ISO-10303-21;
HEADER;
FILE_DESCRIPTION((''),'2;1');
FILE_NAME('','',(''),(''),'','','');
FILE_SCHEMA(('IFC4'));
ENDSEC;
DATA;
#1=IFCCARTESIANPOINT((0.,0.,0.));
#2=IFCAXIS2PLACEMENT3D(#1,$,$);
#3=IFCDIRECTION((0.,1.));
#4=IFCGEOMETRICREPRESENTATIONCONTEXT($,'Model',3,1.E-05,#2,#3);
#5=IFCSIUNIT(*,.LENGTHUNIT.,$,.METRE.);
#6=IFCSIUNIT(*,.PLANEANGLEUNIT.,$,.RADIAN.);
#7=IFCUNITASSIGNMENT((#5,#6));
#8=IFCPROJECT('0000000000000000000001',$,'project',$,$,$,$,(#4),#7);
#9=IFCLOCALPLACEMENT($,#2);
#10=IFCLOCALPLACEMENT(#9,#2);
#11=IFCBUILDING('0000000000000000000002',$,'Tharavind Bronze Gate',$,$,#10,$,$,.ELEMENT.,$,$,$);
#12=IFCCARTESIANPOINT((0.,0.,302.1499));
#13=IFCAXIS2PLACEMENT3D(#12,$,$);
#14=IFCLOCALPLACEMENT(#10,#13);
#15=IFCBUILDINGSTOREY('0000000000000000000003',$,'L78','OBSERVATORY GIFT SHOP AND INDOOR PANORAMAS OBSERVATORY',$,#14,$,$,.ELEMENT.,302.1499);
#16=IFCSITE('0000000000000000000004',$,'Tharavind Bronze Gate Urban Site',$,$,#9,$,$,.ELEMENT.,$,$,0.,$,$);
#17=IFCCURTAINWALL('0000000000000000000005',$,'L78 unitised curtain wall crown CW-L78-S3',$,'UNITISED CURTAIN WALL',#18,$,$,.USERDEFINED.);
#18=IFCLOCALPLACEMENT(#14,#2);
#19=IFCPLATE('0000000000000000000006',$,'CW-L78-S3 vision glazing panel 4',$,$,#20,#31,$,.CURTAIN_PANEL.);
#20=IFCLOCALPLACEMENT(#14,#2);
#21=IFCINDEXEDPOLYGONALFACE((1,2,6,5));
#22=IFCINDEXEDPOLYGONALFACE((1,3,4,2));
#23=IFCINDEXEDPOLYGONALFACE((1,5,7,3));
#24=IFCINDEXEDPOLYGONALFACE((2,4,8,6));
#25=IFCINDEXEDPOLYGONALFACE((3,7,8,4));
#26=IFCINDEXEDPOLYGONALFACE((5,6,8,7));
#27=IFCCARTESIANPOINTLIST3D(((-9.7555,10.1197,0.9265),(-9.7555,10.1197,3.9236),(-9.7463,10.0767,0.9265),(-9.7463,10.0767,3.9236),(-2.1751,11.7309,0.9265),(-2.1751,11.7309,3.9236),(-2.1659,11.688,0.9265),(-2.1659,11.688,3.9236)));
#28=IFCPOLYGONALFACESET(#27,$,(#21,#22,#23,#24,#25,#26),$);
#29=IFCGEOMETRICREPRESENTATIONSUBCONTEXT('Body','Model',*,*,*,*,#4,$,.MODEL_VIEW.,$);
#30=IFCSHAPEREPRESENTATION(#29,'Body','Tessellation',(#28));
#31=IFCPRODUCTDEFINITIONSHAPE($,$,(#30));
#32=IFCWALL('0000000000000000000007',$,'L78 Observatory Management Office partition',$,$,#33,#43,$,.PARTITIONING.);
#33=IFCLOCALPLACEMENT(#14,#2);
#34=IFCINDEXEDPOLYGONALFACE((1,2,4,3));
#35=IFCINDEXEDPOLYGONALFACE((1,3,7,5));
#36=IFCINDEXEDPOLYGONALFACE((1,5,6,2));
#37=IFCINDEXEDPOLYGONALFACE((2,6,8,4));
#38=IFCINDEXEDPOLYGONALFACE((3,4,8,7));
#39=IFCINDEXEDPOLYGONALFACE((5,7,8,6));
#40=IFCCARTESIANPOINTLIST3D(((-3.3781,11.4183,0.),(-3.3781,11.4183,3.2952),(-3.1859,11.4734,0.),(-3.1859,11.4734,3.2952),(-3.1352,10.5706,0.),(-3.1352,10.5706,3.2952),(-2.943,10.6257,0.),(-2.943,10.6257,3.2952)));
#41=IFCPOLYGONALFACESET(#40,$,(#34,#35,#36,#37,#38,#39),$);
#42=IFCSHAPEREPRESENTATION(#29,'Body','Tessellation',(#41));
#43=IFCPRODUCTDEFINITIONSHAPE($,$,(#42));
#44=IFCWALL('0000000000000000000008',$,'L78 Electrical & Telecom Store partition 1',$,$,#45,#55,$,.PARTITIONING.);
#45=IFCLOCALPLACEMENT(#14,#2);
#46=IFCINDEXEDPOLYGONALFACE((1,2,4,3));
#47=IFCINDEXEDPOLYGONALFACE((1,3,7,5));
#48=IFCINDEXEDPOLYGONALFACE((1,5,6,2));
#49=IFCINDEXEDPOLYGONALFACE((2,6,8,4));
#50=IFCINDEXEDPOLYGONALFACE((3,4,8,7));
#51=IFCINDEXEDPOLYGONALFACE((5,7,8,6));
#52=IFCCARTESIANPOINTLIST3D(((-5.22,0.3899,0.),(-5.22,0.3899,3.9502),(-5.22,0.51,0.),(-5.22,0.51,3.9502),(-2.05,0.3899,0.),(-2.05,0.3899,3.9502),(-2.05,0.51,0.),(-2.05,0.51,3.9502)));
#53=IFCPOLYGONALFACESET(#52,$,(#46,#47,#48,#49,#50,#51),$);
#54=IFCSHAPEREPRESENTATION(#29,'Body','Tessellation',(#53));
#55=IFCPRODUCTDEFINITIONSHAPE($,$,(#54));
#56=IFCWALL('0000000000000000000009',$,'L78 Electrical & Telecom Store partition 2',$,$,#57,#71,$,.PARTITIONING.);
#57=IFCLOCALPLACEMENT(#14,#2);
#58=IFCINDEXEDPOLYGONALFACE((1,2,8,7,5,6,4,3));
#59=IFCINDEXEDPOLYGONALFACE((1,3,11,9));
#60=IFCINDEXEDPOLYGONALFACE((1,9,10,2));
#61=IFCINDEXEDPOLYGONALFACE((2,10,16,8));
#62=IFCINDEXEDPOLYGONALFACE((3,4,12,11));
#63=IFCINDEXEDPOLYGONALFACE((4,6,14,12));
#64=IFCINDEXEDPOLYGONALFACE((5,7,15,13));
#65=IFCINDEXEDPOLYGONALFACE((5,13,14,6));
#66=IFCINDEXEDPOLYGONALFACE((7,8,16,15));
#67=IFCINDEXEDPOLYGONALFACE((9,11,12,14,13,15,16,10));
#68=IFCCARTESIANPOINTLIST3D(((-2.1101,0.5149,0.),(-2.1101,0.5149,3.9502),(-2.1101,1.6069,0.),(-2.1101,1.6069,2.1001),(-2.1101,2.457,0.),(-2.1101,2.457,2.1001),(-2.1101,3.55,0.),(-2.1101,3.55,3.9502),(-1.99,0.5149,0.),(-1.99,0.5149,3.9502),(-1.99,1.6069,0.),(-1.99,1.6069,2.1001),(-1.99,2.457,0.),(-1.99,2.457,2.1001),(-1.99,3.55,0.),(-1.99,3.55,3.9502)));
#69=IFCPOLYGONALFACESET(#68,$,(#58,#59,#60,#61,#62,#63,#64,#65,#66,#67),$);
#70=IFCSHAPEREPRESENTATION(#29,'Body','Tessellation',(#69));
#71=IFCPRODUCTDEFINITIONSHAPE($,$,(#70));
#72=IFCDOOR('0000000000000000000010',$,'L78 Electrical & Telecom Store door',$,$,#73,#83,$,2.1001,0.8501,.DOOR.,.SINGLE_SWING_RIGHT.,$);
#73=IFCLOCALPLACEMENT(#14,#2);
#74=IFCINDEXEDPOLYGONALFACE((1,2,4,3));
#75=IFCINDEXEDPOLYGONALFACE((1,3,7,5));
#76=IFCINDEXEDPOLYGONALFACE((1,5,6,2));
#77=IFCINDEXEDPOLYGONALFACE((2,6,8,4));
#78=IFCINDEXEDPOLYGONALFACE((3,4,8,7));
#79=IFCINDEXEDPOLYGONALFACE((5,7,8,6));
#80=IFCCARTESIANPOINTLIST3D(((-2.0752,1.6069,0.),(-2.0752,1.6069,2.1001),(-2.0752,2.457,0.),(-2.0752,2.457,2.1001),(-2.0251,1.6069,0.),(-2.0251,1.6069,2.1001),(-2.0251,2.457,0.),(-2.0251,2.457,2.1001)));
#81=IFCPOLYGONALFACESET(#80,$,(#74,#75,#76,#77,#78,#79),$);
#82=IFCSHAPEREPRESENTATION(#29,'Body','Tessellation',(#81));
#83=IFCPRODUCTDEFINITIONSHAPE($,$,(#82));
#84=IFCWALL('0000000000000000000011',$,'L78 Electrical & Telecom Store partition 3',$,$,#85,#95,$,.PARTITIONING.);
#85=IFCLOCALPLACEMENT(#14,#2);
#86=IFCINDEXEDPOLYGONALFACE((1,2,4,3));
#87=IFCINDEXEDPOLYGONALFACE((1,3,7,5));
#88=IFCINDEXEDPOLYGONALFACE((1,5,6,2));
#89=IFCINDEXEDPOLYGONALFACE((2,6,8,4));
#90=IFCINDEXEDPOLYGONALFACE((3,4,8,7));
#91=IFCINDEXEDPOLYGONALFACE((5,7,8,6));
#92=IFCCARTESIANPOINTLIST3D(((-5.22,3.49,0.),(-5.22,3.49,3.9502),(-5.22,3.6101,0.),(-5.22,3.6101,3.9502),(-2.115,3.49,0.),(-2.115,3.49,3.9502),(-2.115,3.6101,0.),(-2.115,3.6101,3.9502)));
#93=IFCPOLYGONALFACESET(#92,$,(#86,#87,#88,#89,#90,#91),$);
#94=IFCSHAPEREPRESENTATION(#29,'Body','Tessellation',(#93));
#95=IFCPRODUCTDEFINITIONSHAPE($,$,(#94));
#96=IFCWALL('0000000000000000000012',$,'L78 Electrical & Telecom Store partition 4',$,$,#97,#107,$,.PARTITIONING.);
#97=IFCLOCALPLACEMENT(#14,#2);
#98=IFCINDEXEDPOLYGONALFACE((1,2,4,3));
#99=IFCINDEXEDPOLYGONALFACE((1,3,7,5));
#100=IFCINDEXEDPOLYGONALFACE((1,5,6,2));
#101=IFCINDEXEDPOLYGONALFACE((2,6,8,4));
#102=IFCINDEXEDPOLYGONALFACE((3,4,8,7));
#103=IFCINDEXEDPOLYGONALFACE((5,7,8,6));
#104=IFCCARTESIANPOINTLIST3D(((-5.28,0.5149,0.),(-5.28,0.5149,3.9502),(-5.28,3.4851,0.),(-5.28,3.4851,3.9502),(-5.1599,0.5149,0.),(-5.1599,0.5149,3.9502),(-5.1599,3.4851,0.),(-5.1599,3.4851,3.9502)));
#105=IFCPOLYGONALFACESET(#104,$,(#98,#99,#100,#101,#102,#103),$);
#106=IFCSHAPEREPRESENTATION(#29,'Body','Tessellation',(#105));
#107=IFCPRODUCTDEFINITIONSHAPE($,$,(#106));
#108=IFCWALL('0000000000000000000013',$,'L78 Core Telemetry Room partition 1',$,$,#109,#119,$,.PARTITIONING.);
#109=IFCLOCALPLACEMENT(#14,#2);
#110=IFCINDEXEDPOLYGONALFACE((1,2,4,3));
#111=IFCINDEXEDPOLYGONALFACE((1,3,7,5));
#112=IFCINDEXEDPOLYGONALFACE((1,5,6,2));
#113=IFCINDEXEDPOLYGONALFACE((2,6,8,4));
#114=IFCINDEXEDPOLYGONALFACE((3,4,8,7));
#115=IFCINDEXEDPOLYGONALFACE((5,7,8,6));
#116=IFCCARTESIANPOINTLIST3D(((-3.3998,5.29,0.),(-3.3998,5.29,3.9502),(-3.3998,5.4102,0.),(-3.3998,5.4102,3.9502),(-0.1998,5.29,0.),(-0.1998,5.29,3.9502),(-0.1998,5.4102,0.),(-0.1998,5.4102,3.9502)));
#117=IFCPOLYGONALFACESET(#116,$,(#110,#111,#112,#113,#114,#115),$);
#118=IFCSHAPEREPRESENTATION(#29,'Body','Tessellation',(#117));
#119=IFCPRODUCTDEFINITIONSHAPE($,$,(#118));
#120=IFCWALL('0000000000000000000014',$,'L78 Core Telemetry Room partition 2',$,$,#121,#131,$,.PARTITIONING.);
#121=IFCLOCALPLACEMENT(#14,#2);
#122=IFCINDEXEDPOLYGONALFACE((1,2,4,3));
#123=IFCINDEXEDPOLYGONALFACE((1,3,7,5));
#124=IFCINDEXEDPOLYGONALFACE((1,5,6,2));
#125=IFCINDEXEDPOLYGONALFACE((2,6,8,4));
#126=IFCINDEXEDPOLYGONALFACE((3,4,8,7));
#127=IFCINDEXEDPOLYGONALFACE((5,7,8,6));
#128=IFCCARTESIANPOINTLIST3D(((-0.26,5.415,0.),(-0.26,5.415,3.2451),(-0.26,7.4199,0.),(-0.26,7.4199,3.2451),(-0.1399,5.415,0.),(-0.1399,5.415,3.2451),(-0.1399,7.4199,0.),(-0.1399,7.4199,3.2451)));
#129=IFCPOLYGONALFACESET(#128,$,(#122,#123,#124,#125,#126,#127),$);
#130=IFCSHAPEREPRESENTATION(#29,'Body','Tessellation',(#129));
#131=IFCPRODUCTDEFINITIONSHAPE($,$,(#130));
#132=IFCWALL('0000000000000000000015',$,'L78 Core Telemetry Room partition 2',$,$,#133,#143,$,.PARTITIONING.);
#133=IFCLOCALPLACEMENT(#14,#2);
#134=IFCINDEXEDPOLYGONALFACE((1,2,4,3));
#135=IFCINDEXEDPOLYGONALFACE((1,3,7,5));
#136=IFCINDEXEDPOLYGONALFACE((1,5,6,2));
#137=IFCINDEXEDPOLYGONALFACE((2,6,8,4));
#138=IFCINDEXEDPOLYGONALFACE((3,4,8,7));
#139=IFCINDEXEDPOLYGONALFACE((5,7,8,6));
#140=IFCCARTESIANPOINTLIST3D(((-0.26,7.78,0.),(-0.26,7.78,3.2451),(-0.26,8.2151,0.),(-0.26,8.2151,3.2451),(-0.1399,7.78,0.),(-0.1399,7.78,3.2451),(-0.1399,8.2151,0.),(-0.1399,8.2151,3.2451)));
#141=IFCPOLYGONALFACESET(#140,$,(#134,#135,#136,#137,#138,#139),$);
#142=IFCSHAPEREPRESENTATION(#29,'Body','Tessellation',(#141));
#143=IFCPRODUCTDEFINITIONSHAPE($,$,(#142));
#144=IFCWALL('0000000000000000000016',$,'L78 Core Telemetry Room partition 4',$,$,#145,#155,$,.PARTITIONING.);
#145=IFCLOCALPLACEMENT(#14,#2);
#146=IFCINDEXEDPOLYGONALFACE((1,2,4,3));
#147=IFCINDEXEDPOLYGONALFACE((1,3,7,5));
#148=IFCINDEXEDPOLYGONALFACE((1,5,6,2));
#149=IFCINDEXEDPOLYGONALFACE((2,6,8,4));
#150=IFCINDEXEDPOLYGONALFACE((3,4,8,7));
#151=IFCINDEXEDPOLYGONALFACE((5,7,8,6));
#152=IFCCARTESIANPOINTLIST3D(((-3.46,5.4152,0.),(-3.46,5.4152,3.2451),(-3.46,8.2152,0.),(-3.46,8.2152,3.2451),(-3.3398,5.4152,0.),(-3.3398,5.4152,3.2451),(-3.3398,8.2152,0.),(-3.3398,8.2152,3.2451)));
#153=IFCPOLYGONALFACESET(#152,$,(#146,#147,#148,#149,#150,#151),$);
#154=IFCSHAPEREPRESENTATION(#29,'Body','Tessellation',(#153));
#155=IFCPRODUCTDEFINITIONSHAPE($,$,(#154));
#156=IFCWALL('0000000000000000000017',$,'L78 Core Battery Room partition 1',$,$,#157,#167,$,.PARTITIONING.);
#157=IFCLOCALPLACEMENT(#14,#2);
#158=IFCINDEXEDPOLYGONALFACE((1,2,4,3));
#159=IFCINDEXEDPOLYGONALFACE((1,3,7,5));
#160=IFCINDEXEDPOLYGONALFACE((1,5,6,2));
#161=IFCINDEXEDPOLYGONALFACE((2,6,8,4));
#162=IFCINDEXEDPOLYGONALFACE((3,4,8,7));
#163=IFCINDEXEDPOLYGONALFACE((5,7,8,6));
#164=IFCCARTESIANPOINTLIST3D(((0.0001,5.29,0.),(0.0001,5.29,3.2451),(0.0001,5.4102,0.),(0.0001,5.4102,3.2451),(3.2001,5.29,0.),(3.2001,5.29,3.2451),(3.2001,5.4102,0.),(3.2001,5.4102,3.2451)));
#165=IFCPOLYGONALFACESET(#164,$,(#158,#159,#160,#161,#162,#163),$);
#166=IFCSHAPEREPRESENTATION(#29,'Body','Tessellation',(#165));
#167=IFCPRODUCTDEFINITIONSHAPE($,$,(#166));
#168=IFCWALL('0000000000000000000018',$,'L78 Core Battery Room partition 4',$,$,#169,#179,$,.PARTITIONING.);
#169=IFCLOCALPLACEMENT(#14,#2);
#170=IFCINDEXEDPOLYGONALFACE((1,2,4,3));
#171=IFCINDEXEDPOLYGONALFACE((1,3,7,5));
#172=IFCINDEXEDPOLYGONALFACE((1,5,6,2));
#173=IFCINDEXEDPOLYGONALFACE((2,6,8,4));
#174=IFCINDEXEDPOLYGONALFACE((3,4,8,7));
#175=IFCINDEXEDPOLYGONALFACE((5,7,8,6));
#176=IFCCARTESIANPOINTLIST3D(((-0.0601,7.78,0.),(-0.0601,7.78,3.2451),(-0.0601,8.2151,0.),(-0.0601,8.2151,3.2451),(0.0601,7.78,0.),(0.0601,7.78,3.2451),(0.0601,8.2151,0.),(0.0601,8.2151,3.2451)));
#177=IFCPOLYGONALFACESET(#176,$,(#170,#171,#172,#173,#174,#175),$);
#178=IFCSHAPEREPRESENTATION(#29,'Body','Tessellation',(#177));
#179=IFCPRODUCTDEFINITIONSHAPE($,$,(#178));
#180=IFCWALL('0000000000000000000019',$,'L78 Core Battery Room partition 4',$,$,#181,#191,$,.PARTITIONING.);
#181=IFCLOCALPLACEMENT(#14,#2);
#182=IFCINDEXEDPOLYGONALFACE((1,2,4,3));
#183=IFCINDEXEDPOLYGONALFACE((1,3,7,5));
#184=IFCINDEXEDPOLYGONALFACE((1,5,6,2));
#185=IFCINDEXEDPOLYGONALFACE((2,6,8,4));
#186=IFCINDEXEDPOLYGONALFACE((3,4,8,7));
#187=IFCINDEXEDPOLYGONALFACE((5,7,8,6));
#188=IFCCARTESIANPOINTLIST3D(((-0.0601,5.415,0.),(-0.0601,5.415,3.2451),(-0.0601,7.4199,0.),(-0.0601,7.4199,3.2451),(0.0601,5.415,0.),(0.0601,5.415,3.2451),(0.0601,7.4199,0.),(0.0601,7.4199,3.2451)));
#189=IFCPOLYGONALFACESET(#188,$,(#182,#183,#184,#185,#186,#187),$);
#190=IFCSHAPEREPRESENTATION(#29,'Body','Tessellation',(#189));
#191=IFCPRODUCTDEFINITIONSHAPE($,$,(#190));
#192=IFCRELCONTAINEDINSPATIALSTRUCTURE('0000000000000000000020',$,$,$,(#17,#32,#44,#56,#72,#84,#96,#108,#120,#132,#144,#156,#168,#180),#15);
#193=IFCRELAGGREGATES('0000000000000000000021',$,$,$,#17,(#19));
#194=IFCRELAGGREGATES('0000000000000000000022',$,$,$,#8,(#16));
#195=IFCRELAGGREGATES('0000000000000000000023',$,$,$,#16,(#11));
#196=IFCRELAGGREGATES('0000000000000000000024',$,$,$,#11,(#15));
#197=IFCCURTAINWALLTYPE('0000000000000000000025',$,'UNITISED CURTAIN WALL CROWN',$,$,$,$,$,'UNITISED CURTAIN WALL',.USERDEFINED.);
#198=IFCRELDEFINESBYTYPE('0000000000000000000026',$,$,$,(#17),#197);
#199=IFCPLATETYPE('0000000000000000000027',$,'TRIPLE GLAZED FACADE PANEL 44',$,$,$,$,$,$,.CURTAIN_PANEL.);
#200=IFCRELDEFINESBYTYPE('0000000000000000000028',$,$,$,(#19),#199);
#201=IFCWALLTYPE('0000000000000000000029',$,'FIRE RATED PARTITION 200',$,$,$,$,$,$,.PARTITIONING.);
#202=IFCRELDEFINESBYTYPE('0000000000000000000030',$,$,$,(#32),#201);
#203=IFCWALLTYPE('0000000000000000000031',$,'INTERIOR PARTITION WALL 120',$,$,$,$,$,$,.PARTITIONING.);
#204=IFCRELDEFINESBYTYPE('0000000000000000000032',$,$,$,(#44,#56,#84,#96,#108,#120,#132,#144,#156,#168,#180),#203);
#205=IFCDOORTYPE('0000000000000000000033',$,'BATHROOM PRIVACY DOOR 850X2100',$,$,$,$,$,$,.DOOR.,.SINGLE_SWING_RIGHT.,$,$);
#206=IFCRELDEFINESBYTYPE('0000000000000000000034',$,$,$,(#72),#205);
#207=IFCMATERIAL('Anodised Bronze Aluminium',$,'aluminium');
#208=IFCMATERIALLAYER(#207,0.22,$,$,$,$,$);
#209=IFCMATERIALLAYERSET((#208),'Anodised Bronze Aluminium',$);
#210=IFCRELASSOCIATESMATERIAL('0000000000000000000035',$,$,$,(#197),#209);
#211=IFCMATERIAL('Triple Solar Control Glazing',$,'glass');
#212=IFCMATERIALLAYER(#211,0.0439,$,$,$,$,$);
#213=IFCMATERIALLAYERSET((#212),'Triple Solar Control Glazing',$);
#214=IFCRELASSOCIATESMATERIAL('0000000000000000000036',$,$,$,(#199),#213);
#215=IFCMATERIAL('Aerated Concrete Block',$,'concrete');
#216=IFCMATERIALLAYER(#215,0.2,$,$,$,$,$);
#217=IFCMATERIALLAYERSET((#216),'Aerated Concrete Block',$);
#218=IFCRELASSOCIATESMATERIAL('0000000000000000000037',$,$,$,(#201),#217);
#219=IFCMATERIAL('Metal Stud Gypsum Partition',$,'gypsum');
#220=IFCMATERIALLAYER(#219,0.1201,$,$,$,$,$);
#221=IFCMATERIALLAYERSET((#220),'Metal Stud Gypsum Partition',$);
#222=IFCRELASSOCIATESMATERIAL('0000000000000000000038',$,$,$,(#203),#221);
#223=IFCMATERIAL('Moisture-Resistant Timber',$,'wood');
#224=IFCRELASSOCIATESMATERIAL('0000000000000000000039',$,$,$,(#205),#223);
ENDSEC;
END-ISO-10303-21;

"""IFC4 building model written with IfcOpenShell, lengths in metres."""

from ifc_helpers import new_model, si_unit, direction, frame, frame_2d, origin, origin_2d, place, context, subcontext, project, spatial, rectangle, extrude, material, layer, layer_set, type_object, element, fill, aggregate, save


model = new_model("IFC4")

# Units and contexts
model_context = context("Model", 3, precision=1e-05, world=origin(), true_north=direction((0.0, 1.0)))
body_context = subcontext(model_context, "Body", "Model", "MODEL_VIEW")
ifc_project = project(units=[si_unit("LENGTHUNIT", "METRE"), si_unit("PLANEANGLEUNIT", "RADIAN")], contexts=[model_context])

# Site, building, storey
site_placement = place(None, origin())
site = spatial("IfcSite", under=ifc_project, at=site_placement, Name="Tharavind Bronze Gate Urban Site", CompositionType="ELEMENT", RefElevation=0.0)
building_placement = place(site_placement, origin())
building = spatial("IfcBuilding", under=site, at=building_placement, Name="Tharavind Bronze Gate", CompositionType="ELEMENT")
storey_placement = place(building_placement, frame((0.0, 0.0, 302.1499)))
storey = spatial("IfcBuildingStorey", under=building, at=storey_placement, Name="L78", Description="OBSERVATORY GIFT SHOP AND INDOOR PANORAMAS OBSERVATORY", CompositionType="ELEMENT", Elevation=302.1499)

# Curtain wall
ifc_material_1 = material(Name="Anodised Bronze Aluminium", Category="aluminium")
ifc_layer_1 = layer(ifc_material_1, 0.22)
ifc_layer_set_1 = layer_set([ifc_layer_1], Name="Anodised Bronze Aluminium")
curtain_wall_type = type_object("IfcCurtainWallType", Name="UNITISED CURTAIN WALL CROWN", ElementType="UNITISED CURTAIN WALL", PredefinedType="USERDEFINED", material=ifc_layer_set_1)
curtain_wall_placement = place(storey_placement, origin())
curtain_wall = element("IfcCurtainWall", 1, at=curtain_wall_placement, inside=storey, type_object=curtain_wall_type, Name="L78 unitised curtain wall crown CW-L78-S3", ObjectType="UNITISED CURTAIN WALL", PredefinedType="USERDEFINED")

# Plate
ifc_material_2 = material(Name="Triple Solar Control Glazing", Category="glass")
ifc_layer_2 = layer(ifc_material_2, 0.0439)
ifc_layer_set_2 = layer_set([ifc_layer_2], Name="Triple Solar Control Glazing")
plate_type_1 = type_object("IfcPlateType", Name="TRIPLE GLAZED FACADE PANEL 44", PredefinedType="CURTAIN_PANEL", material=ifc_layer_set_2)
plate_1_placement = place(storey_placement, frame((-5.9607, 10.9038, 0.9265), z_axis=(0.0, 0.0, 1.0), x_axis=(-0.978147, -0.207913, 0.0)))
plate_1 = element("IfcPlate", 2, at=plate_1_placement, type_object=plate_type_1, Name="CW-L78-S3 vision glazing panel 4", PredefinedType="CURTAIN_PANEL", context=body_context, shape_type="SweptSolid", body=[
    extrude(rectangle(XDim=7.7498, YDim=0.0439, at=origin_2d()), origin(), (0.0, 0.0, 1.0), 2.9971),
])
aggregate(curtain_wall, [plate_1])

# Walls
ifc_material_3 = material(Name="Aerated Concrete Block", Category="concrete")
ifc_layer_3 = layer(ifc_material_3, 0.2)
ifc_layer_set_3 = layer_set([ifc_layer_3], Name="Aerated Concrete Block")
wall_type_1 = type_object("IfcWallType", Name="FIRE RATED PARTITION 200", PredefinedType="PARTITIONING", material=ifc_layer_set_3)
wall_1_placement = place(storey_placement, frame((-3.0391, 10.5981, 0.0), z_axis=(0.0, 0.0, 1.0), x_axis=(-0.275489, 0.961304, 0.0)))
element("IfcWall", 3, at=wall_1_placement, inside=storey, type_object=wall_type_1, Name="L78 Observatory Management Office partition", PredefinedType="PARTITIONING", context=body_context, shape_type="SweptSolid", body=[
    extrude(rectangle(XDim=0.8818, YDim=0.2, at=frame_2d((0.4409, 0.0))), origin(), (0.0, 0.0, 1.0), 3.2952),
])
ifc_material_4 = material(Name="Metal Stud Gypsum Partition", Category="gypsum")
ifc_layer_4 = layer(ifc_material_4, 0.1201)
ifc_layer_set_4 = layer_set([ifc_layer_4], Name="Metal Stud Gypsum Partition")
wall_type_2 = type_object("IfcWallType", Name="INTERIOR PARTITION WALL 120", PredefinedType="PARTITIONING", material=ifc_layer_set_4)
wall_2_placement = place(storey_placement, frame((-5.22, 0.45, 0.0), z_axis=(0.0, 0.0, 1.0), x_axis=(1.0, 0.0, 0.0)))
element("IfcWall", 4, at=wall_2_placement, inside=storey, type_object=wall_type_2, Name="L78 Electrical & Telecom Store partition 1", PredefinedType="PARTITIONING", context=body_context, shape_type="SweptSolid", body=[
    extrude(rectangle(XDim=3.1699, YDim=0.1201, at=frame_2d((1.585, 0.0))), origin(), (0.0, 0.0, 1.0), 3.9502),
])

# Wall, opening, door
wall_3_placement = place(storey_placement, frame((-2.05, 0.5149, 0.0), z_axis=(0.0, 0.0, 1.0), x_axis=(0.0, 1.0, 0.0)))
wall_3 = element("IfcWall", 5, at=wall_3_placement, inside=storey, type_object=wall_type_2, Name="L78 Electrical & Telecom Store partition 2", PredefinedType="PARTITIONING", context=body_context, shape_type="SweptSolid", body=[
    extrude(rectangle(XDim=3.0352, YDim=0.1201, at=frame_2d((1.5176, 0.0))), origin(), (0.0, 0.0, 1.0), 3.9502),
])
opening_1_placement = place(wall_3_placement, frame((1.092, 0.0, 0.0)))
opening_1 = element("IfcOpeningElement", 6, at=opening_1_placement, cuts=wall_3, PredefinedType="OPENING", context=body_context, shape_type="SweptSolid", body=[
    extrude(rectangle(XDim=0.8501, YDim=2.1001, at=frame_2d((0.425, 1.05))), frame((0.0, 0.0701, 0.0), z_axis=(0.0, -1.0, 0.0), x_axis=(1.0, 0.0, 0.0)), (0.0, 0.0, 1.0), 0.1401),
])
ifc_material_5 = material(Name="Moisture-Resistant Timber", Category="wood")
door_type_1 = type_object("IfcDoorType", Name="BATHROOM PRIVACY DOOR 850X2100", OperationType="SINGLE_SWING_RIGHT", PredefinedType="DOOR", material=ifc_material_5)
door_1_placement = place(opening_1_placement, frame((0.8501, 0.0, 0.0), z_axis=(0.0, 0.0, 1.0), x_axis=(-1.0, 0.0, 0.0)))
door_1 = element("IfcDoor", 7, at=door_1_placement, inside=storey, type_object=door_type_1, Name="L78 Electrical & Telecom Store door", OperationType="SINGLE_SWING_RIGHT", OverallHeight=2.1001, OverallWidth=0.8501, PredefinedType="DOOR", context=body_context, shape_type="SweptSolid", body=[
    extrude(rectangle(XDim=0.8501, YDim=2.1001, at=frame_2d((0.425, 1.05))), frame((0.0, 0.0249, 0.0), z_axis=(0.0, -1.0, 0.0), x_axis=(1.0, 0.0, 0.0)), (0.0, 0.0, 1.0), 0.05),
])
fill(opening_1, door_1)

# Walls
wall_4_placement = place(storey_placement, frame((-2.115, 3.55, 0.0), z_axis=(0.0, 0.0, 1.0), x_axis=(-1.0, 0.0, 0.0)))
element("IfcWall", 8, at=wall_4_placement, inside=storey, type_object=wall_type_2, Name="L78 Electrical & Telecom Store partition 3", PredefinedType="PARTITIONING", context=body_context, shape_type="SweptSolid", body=[
    extrude(rectangle(XDim=3.105, YDim=0.1201, at=frame_2d((1.5525, 0.0))), origin(), (0.0, 0.0, 1.0), 3.9502),
])
wall_5_placement = place(storey_placement, frame((-5.22, 3.4851, 0.0), z_axis=(0.0, 0.0, 1.0), x_axis=(0.0, -1.0, 0.0)))
element("IfcWall", 9, at=wall_5_placement, inside=storey, type_object=wall_type_2, Name="L78 Electrical & Telecom Store partition 4", PredefinedType="PARTITIONING", context=body_context, shape_type="SweptSolid", body=[
    extrude(rectangle(XDim=2.9702, YDim=0.1201, at=frame_2d((1.4851, 0.0))), origin(), (0.0, 0.0, 1.0), 3.9502),
])
wall_6_placement = place(storey_placement, frame((-3.3999, 5.3501, 0.0), z_axis=(0.0, 0.0, 1.0), x_axis=(1.0, 0.0, 0.0)))
element("IfcWall", 10, at=wall_6_placement, inside=storey, type_object=wall_type_2, Name="L78 Core Telemetry Room partition 1", PredefinedType="PARTITIONING", context=body_context, shape_type="SweptSolid", body=[
    extrude(rectangle(XDim=3.2, YDim=0.1201, at=frame_2d((1.6001, 0.0))), origin(), (0.0, 0.0, 1.0), 3.9502),
])
wall_7_placement = place(storey_placement, frame((-0.2, 5.415, 0.0), z_axis=(0.0, 0.0, 1.0), x_axis=(0.0, 1.0, 0.0)))
element("IfcWall", 11, at=wall_7_placement, inside=storey, type_object=wall_type_2, Name="L78 Core Telemetry Room partition 2", PredefinedType="PARTITIONING", context=body_context, shape_type="SweptSolid", body=[
    extrude(rectangle(XDim=2.0049, YDim=0.1201, at=frame_2d((1.0024, 0.0))), origin(), (0.0, 0.0, 1.0), 3.2451),
])
wall_8_placement = place(storey_placement, frame((-0.2, 7.78, 0.0), z_axis=(0.0, 0.0, 1.0), x_axis=(0.0, 1.0, 0.0)))
element("IfcWall", 12, at=wall_8_placement, inside=storey, type_object=wall_type_2, Name="L78 Core Telemetry Room partition 2", PredefinedType="PARTITIONING", context=body_context, shape_type="SweptSolid", body=[
    extrude(rectangle(XDim=0.4351, YDim=0.1201, at=frame_2d((0.2175, 0.0))), origin(), (0.0, 0.0, 1.0), 3.2451),
])
wall_9_placement = place(storey_placement, frame((-3.3999, 8.2151, 0.0), z_axis=(0.0, 0.0, 1.0), x_axis=(0.0, -1.0, 0.0)))
element("IfcWall", 13, at=wall_9_placement, inside=storey, type_object=wall_type_2, Name="L78 Core Telemetry Room partition 4", PredefinedType="PARTITIONING", context=body_context, shape_type="SweptSolid", body=[
    extrude(rectangle(XDim=2.8, YDim=0.1201, at=frame_2d((1.3999, 0.0))), origin(), (0.0, 0.0, 1.0), 3.2451),
])
wall_10_placement = place(storey_placement, frame((0.0, 5.3501, 0.0), z_axis=(0.0, 0.0, 1.0), x_axis=(1.0, 0.0, 0.0)))
element("IfcWall", 14, at=wall_10_placement, inside=storey, type_object=wall_type_2, Name="L78 Core Battery Room partition 1", PredefinedType="PARTITIONING", context=body_context, shape_type="SweptSolid", body=[
    extrude(rectangle(XDim=3.2, YDim=0.1201, at=frame_2d((1.6001, 0.0))), origin(), (0.0, 0.0, 1.0), 3.2451),
])
wall_11_placement = place(storey_placement, frame((0.0, 8.2151, 0.0), z_axis=(0.0, 0.0, 1.0), x_axis=(0.0, -1.0, 0.0)))
element("IfcWall", 15, at=wall_11_placement, inside=storey, type_object=wall_type_2, Name="L78 Core Battery Room partition 4", PredefinedType="PARTITIONING", context=body_context, shape_type="SweptSolid", body=[
    extrude(rectangle(XDim=0.4351, YDim=0.1201, at=frame_2d((0.2175, 0.0))), origin(), (0.0, 0.0, 1.0), 3.2451),
])
wall_12_placement = place(storey_placement, frame((0.0, 7.4199, 0.0), z_axis=(0.0, 0.0, 1.0), x_axis=(0.0, -1.0, 0.0)))
element("IfcWall", 16, at=wall_12_placement, inside=storey, type_object=wall_type_2, Name="L78 Core Battery Room partition 4", PredefinedType="PARTITIONING", context=body_context, shape_type="SweptSolid", body=[
    extrude(rectangle(XDim=2.0049, YDim=0.1201, at=frame_2d((1.0024, 0.0))), origin(), (0.0, 0.0, 1.0), 3.2451),
])

save(model, "model.ifc")
